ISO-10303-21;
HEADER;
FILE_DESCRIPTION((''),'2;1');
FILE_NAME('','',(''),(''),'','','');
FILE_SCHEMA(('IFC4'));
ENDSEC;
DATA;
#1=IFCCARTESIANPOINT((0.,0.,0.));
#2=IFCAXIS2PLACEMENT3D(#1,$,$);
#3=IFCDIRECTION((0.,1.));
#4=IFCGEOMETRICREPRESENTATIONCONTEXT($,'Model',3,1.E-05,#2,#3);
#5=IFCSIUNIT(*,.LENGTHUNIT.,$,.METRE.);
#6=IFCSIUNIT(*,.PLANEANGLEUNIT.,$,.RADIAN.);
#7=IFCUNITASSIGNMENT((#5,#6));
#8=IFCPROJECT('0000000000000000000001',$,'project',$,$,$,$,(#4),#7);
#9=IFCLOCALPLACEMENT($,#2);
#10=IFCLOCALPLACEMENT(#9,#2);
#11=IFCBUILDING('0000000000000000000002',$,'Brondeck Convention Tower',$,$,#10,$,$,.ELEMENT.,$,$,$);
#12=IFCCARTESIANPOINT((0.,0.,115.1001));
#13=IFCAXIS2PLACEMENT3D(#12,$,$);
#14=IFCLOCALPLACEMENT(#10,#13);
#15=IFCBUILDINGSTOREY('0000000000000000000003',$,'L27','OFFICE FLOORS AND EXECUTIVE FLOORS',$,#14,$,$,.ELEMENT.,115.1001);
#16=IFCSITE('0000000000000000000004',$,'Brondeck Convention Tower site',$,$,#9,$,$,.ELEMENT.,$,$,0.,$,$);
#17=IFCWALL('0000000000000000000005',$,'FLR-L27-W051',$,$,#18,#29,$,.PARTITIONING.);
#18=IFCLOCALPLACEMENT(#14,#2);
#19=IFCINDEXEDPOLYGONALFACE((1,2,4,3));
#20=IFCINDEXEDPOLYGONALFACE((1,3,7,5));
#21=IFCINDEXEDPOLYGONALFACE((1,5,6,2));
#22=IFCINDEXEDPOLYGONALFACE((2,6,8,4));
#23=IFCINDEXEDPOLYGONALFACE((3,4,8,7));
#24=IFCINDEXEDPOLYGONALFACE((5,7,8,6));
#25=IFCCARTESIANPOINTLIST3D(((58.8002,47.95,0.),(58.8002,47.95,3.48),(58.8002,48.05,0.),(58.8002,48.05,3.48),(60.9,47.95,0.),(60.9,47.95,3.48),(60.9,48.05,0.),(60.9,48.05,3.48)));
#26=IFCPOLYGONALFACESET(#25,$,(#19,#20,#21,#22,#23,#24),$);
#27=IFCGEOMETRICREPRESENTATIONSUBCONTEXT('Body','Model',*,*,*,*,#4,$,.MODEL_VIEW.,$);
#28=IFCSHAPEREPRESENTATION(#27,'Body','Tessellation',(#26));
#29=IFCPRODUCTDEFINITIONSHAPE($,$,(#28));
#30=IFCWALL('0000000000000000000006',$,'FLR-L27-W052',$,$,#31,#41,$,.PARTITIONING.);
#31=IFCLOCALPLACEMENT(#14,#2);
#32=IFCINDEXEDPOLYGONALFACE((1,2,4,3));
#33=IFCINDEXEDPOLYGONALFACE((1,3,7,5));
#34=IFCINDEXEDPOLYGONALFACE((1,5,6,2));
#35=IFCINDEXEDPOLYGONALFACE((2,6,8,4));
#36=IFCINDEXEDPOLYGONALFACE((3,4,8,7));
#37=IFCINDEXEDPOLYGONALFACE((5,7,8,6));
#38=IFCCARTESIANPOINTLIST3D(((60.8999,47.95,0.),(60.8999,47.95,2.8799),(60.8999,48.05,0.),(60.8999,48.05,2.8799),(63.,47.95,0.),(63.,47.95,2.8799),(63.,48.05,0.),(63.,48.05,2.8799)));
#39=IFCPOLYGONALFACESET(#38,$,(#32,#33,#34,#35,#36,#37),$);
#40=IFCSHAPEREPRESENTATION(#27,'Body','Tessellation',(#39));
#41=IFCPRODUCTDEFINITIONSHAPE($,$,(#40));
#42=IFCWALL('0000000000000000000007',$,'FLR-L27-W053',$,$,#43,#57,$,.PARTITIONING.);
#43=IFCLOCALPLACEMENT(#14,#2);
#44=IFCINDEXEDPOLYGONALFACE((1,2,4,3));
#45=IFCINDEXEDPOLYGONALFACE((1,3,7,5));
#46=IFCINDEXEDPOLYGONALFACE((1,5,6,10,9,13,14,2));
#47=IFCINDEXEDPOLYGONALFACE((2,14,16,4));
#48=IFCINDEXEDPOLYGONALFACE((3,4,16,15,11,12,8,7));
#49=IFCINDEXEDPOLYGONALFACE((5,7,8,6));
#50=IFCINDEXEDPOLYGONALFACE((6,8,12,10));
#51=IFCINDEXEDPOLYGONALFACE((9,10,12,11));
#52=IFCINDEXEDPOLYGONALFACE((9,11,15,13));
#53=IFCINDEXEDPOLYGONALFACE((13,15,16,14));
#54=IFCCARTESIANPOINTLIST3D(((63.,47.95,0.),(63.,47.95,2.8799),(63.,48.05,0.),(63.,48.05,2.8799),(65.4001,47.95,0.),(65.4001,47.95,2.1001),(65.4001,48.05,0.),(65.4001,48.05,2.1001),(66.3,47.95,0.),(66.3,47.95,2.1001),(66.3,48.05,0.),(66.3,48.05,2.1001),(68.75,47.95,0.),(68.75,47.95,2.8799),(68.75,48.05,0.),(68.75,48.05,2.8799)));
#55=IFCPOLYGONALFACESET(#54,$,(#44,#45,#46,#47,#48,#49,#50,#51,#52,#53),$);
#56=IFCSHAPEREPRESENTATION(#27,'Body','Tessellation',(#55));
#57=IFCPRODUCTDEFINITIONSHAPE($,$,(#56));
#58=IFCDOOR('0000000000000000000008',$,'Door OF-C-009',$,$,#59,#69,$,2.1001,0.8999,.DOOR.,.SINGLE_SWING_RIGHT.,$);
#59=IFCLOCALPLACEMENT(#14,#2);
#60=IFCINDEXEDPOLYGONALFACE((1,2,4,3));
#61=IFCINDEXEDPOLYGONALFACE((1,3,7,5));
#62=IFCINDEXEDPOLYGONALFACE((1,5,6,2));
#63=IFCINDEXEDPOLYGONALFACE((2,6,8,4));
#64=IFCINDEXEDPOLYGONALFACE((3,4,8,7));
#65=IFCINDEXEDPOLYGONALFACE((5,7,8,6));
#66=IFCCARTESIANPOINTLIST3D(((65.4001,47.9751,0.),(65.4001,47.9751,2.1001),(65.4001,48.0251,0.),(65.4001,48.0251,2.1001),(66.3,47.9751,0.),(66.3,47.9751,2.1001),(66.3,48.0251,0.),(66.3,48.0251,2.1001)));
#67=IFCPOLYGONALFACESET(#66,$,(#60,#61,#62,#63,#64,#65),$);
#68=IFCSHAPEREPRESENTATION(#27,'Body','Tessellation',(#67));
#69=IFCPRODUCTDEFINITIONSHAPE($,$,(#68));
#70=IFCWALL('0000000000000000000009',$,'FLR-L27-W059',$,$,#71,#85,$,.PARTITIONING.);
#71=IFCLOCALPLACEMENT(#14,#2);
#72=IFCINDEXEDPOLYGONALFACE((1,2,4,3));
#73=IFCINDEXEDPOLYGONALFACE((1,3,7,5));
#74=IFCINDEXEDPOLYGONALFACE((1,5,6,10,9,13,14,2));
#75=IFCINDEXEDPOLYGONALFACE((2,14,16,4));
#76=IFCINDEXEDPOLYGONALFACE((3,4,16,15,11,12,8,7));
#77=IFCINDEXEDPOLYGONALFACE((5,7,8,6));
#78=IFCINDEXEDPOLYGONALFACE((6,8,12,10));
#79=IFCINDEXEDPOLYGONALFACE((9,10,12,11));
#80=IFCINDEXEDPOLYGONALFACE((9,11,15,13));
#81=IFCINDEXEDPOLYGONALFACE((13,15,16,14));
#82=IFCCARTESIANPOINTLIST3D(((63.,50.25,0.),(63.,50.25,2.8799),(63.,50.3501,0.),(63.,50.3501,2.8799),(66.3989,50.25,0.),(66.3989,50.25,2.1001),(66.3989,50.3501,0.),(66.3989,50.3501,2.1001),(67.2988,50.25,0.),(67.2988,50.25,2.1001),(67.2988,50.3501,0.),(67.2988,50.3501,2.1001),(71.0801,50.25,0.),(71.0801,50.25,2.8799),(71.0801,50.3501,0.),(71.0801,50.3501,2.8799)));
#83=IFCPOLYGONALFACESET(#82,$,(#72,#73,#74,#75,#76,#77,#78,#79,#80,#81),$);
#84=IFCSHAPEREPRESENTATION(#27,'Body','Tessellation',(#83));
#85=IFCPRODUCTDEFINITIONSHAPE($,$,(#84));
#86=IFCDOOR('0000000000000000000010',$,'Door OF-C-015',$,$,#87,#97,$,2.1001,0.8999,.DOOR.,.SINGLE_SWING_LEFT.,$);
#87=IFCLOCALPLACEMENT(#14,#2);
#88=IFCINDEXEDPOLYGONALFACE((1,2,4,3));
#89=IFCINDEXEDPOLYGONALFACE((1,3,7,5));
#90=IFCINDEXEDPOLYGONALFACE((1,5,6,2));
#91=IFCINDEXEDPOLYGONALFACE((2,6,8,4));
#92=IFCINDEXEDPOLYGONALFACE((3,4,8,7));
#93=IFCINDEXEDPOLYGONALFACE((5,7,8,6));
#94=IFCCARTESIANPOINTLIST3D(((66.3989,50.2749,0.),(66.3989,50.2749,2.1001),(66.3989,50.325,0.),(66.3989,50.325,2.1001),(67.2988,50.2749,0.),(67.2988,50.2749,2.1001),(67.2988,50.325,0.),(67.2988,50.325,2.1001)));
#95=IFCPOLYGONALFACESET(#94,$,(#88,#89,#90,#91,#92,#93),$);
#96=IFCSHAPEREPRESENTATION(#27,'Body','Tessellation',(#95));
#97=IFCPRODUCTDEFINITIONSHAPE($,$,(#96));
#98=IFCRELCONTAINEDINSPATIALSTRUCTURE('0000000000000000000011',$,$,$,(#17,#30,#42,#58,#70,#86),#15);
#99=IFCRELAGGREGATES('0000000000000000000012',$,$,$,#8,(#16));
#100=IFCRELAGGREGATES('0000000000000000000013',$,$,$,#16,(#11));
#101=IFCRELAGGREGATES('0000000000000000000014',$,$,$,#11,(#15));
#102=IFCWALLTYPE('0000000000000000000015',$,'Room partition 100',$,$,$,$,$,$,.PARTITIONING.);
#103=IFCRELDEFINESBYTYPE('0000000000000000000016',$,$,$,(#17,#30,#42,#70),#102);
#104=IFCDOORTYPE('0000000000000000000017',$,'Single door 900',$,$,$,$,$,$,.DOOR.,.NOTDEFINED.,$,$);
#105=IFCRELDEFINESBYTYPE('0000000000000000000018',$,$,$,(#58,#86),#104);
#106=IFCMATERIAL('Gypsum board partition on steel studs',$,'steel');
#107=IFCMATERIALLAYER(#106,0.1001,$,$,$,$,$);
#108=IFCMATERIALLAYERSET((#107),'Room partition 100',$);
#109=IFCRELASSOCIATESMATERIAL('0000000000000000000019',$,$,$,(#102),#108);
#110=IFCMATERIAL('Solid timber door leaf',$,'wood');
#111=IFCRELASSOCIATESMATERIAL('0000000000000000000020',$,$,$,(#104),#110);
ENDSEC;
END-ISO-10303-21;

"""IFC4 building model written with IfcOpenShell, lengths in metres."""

from ifc_helpers import new_model, si_unit, direction, frame, frame_2d, origin, place, context, subcontext, project, spatial, rectangle, extrude, material, layer, layer_set, type_object, element, fill, save


model = new_model("IFC4")

# Units and contexts
model_context = context("Model", 3, precision=1e-05, world=origin(), true_north=direction((0.0, 1.0)))
body_context = subcontext(model_context, "Body", "Model", "MODEL_VIEW")
ifc_project = project(units=[si_unit("LENGTHUNIT", "METRE"), si_unit("PLANEANGLEUNIT", "RADIAN")], contexts=[model_context])

# Site, building, storey
site_placement = place(None, origin())
site = spatial("IfcSite", under=ifc_project, at=site_placement, Name="Brondeck Convention Tower site", CompositionType="ELEMENT", RefElevation=0.0)
building_placement = place(site_placement, origin())
building = spatial("IfcBuilding", under=site, at=building_placement, Name="Brondeck Convention Tower", CompositionType="ELEMENT")
storey_placement = place(building_placement, frame((0.0, 0.0, 115.1001)))
storey = spatial("IfcBuildingStorey", under=building, at=storey_placement, Name="L27", Description="OFFICE FLOORS AND EXECUTIVE FLOORS", CompositionType="ELEMENT", Elevation=115.1001)

# Walls
ifc_material_1 = material(Name="Gypsum board partition on steel studs", Category="steel")
ifc_layer = layer(ifc_material_1, 0.1001)
ifc_layer_set = layer_set([ifc_layer], Name="Room partition 100")
wall_type = type_object("IfcWallType", Name="Room partition 100", PredefinedType="PARTITIONING", material=ifc_layer_set)
wall_1_placement = place(storey_placement, frame((60.8999, 48.0, 0.0), z_axis=(0.0, 0.0, 1.0), x_axis=(-1.0, 0.0, 0.0)))
element("IfcWall", 1, at=wall_1_placement, inside=storey, type_object=wall_type, Name="FLR-L27-W051", PredefinedType="PARTITIONING", context=body_context, shape_type="SweptSolid", body=[
    extrude(rectangle(XDim=2.0999, YDim=0.1001, at=frame_2d((1.0498, 0.0))), origin(), (0.0, 0.0, 1.0), 3.48),
])
wall_2_placement = place(storey_placement, frame((63.0, 48.0, 0.0), z_axis=(0.0, 0.0, 1.0), x_axis=(-1.0, 0.0, 0.0)))
element("IfcWall", 2, at=wall_2_placement, inside=storey, type_object=wall_type, Name="FLR-L27-W052", PredefinedType="PARTITIONING", context=body_context, shape_type="SweptSolid", body=[
    extrude(rectangle(XDim=2.1001, YDim=0.1001, at=frame_2d((1.05, 0.0))), origin(), (0.0, 0.0, 1.0), 2.8799),
])

# Walls, openings, doors
wall_3_placement = place(storey_placement, frame((68.75, 48.0, 0.0), z_axis=(0.0, 0.0, 1.0), x_axis=(-1.0, 0.0, 0.0)))
wall_3 = element("IfcWall", 3, at=wall_3_placement, inside=storey, type_object=wall_type, Name="FLR-L27-W053", PredefinedType="PARTITIONING", context=body_context, shape_type="SweptSolid", body=[
    extrude(rectangle(XDim=5.75, YDim=0.1001, at=frame_2d((2.875, 0.0))), origin(), (0.0, 0.0, 1.0), 2.8799),
])
opening_1_placement = place(wall_3_placement, frame((2.45, 0.0, 0.0)))
opening_1 = element("IfcOpeningElement", 4, at=opening_1_placement, cuts=wall_3, PredefinedType="OPENING", context=body_context, shape_type="SweptSolid", body=[
    extrude(rectangle(XDim=0.8999, YDim=2.1001, at=frame_2d((0.45, 1.05))), frame((0.0, 0.0601, 0.0), z_axis=(0.0, -1.0, 0.0), x_axis=(1.0, 0.0, 0.0)), (0.0, 0.0, 1.0), 0.1201),
])
ifc_material_2 = material(Name="Solid timber door leaf", Category="wood")
door_type = type_object("IfcDoorType", Name="Single door 900", OperationType="NOTDEFINED", PredefinedType="DOOR", material=ifc_material_2)
door_1_placement = place(opening_1_placement, origin())
door_1 = element("IfcDoor", 5, at=door_1_placement, inside=storey, type_object=door_type, Name="Door OF-C-009", OperationType="SINGLE_SWING_RIGHT", OverallHeight=2.1001, OverallWidth=0.8999, PredefinedType="DOOR", context=body_context, shape_type="SweptSolid", body=[
    extrude(rectangle(XDim=0.8999, YDim=2.1001, at=frame_2d((0.45, 1.05))), frame((0.0, 0.0249, 0.0), z_axis=(0.0, -1.0, 0.0), x_axis=(1.0, 0.0, 0.0)), (0.0, 0.0, 1.0), 0.05),
])
fill(opening_1, door_1)
wall_4_placement = place(storey_placement, frame((63.0, 50.3, 0.0), z_axis=(0.0, 0.0, 1.0), x_axis=(1.0, 0.0, 0.0)))
wall_4 = element("IfcWall", 6, at=wall_4_placement, inside=storey, type_object=wall_type, Name="FLR-L27-W059", PredefinedType="PARTITIONING", context=body_context, shape_type="SweptSolid", body=[
    extrude(rectangle(XDim=8.0801, YDim=0.1001, at=frame_2d((4.04, 0.0))), origin(), (0.0, 0.0, 1.0), 2.8799),
])
opening_2_placement = place(wall_4_placement, frame((3.3989, 0.0, 0.0)))
opening_2 = element("IfcOpeningElement", 7, at=opening_2_placement, cuts=wall_4, PredefinedType="OPENING", context=body_context, shape_type="SweptSolid", body=[
    extrude(rectangle(XDim=0.8999, YDim=2.1001, at=frame_2d((0.45, 1.05))), frame((0.0, 0.0601, 0.0), z_axis=(0.0, -1.0, 0.0), x_axis=(1.0, 0.0, 0.0)), (0.0, 0.0, 1.0), 0.1201),
])
door_2_placement = place(opening_2_placement, origin())
door_2 = element("IfcDoor", 8, at=door_2_placement, inside=storey, type_object=door_type, Name="Door OF-C-015", OperationType="SINGLE_SWING_LEFT", OverallHeight=2.1001, OverallWidth=0.8999, PredefinedType="DOOR", context=body_context, shape_type="SweptSolid", body=[
    extrude(rectangle(XDim=0.8999, YDim=2.1001, at=frame_2d((0.45, 1.05))), frame((0.0, 0.0249, 0.0), z_axis=(0.0, -1.0, 0.0), x_axis=(1.0, 0.0, 0.0)), (0.0, 0.0, 1.0), 0.05),
])
fill(opening_2, door_2)

save(model, "model.ifc")
